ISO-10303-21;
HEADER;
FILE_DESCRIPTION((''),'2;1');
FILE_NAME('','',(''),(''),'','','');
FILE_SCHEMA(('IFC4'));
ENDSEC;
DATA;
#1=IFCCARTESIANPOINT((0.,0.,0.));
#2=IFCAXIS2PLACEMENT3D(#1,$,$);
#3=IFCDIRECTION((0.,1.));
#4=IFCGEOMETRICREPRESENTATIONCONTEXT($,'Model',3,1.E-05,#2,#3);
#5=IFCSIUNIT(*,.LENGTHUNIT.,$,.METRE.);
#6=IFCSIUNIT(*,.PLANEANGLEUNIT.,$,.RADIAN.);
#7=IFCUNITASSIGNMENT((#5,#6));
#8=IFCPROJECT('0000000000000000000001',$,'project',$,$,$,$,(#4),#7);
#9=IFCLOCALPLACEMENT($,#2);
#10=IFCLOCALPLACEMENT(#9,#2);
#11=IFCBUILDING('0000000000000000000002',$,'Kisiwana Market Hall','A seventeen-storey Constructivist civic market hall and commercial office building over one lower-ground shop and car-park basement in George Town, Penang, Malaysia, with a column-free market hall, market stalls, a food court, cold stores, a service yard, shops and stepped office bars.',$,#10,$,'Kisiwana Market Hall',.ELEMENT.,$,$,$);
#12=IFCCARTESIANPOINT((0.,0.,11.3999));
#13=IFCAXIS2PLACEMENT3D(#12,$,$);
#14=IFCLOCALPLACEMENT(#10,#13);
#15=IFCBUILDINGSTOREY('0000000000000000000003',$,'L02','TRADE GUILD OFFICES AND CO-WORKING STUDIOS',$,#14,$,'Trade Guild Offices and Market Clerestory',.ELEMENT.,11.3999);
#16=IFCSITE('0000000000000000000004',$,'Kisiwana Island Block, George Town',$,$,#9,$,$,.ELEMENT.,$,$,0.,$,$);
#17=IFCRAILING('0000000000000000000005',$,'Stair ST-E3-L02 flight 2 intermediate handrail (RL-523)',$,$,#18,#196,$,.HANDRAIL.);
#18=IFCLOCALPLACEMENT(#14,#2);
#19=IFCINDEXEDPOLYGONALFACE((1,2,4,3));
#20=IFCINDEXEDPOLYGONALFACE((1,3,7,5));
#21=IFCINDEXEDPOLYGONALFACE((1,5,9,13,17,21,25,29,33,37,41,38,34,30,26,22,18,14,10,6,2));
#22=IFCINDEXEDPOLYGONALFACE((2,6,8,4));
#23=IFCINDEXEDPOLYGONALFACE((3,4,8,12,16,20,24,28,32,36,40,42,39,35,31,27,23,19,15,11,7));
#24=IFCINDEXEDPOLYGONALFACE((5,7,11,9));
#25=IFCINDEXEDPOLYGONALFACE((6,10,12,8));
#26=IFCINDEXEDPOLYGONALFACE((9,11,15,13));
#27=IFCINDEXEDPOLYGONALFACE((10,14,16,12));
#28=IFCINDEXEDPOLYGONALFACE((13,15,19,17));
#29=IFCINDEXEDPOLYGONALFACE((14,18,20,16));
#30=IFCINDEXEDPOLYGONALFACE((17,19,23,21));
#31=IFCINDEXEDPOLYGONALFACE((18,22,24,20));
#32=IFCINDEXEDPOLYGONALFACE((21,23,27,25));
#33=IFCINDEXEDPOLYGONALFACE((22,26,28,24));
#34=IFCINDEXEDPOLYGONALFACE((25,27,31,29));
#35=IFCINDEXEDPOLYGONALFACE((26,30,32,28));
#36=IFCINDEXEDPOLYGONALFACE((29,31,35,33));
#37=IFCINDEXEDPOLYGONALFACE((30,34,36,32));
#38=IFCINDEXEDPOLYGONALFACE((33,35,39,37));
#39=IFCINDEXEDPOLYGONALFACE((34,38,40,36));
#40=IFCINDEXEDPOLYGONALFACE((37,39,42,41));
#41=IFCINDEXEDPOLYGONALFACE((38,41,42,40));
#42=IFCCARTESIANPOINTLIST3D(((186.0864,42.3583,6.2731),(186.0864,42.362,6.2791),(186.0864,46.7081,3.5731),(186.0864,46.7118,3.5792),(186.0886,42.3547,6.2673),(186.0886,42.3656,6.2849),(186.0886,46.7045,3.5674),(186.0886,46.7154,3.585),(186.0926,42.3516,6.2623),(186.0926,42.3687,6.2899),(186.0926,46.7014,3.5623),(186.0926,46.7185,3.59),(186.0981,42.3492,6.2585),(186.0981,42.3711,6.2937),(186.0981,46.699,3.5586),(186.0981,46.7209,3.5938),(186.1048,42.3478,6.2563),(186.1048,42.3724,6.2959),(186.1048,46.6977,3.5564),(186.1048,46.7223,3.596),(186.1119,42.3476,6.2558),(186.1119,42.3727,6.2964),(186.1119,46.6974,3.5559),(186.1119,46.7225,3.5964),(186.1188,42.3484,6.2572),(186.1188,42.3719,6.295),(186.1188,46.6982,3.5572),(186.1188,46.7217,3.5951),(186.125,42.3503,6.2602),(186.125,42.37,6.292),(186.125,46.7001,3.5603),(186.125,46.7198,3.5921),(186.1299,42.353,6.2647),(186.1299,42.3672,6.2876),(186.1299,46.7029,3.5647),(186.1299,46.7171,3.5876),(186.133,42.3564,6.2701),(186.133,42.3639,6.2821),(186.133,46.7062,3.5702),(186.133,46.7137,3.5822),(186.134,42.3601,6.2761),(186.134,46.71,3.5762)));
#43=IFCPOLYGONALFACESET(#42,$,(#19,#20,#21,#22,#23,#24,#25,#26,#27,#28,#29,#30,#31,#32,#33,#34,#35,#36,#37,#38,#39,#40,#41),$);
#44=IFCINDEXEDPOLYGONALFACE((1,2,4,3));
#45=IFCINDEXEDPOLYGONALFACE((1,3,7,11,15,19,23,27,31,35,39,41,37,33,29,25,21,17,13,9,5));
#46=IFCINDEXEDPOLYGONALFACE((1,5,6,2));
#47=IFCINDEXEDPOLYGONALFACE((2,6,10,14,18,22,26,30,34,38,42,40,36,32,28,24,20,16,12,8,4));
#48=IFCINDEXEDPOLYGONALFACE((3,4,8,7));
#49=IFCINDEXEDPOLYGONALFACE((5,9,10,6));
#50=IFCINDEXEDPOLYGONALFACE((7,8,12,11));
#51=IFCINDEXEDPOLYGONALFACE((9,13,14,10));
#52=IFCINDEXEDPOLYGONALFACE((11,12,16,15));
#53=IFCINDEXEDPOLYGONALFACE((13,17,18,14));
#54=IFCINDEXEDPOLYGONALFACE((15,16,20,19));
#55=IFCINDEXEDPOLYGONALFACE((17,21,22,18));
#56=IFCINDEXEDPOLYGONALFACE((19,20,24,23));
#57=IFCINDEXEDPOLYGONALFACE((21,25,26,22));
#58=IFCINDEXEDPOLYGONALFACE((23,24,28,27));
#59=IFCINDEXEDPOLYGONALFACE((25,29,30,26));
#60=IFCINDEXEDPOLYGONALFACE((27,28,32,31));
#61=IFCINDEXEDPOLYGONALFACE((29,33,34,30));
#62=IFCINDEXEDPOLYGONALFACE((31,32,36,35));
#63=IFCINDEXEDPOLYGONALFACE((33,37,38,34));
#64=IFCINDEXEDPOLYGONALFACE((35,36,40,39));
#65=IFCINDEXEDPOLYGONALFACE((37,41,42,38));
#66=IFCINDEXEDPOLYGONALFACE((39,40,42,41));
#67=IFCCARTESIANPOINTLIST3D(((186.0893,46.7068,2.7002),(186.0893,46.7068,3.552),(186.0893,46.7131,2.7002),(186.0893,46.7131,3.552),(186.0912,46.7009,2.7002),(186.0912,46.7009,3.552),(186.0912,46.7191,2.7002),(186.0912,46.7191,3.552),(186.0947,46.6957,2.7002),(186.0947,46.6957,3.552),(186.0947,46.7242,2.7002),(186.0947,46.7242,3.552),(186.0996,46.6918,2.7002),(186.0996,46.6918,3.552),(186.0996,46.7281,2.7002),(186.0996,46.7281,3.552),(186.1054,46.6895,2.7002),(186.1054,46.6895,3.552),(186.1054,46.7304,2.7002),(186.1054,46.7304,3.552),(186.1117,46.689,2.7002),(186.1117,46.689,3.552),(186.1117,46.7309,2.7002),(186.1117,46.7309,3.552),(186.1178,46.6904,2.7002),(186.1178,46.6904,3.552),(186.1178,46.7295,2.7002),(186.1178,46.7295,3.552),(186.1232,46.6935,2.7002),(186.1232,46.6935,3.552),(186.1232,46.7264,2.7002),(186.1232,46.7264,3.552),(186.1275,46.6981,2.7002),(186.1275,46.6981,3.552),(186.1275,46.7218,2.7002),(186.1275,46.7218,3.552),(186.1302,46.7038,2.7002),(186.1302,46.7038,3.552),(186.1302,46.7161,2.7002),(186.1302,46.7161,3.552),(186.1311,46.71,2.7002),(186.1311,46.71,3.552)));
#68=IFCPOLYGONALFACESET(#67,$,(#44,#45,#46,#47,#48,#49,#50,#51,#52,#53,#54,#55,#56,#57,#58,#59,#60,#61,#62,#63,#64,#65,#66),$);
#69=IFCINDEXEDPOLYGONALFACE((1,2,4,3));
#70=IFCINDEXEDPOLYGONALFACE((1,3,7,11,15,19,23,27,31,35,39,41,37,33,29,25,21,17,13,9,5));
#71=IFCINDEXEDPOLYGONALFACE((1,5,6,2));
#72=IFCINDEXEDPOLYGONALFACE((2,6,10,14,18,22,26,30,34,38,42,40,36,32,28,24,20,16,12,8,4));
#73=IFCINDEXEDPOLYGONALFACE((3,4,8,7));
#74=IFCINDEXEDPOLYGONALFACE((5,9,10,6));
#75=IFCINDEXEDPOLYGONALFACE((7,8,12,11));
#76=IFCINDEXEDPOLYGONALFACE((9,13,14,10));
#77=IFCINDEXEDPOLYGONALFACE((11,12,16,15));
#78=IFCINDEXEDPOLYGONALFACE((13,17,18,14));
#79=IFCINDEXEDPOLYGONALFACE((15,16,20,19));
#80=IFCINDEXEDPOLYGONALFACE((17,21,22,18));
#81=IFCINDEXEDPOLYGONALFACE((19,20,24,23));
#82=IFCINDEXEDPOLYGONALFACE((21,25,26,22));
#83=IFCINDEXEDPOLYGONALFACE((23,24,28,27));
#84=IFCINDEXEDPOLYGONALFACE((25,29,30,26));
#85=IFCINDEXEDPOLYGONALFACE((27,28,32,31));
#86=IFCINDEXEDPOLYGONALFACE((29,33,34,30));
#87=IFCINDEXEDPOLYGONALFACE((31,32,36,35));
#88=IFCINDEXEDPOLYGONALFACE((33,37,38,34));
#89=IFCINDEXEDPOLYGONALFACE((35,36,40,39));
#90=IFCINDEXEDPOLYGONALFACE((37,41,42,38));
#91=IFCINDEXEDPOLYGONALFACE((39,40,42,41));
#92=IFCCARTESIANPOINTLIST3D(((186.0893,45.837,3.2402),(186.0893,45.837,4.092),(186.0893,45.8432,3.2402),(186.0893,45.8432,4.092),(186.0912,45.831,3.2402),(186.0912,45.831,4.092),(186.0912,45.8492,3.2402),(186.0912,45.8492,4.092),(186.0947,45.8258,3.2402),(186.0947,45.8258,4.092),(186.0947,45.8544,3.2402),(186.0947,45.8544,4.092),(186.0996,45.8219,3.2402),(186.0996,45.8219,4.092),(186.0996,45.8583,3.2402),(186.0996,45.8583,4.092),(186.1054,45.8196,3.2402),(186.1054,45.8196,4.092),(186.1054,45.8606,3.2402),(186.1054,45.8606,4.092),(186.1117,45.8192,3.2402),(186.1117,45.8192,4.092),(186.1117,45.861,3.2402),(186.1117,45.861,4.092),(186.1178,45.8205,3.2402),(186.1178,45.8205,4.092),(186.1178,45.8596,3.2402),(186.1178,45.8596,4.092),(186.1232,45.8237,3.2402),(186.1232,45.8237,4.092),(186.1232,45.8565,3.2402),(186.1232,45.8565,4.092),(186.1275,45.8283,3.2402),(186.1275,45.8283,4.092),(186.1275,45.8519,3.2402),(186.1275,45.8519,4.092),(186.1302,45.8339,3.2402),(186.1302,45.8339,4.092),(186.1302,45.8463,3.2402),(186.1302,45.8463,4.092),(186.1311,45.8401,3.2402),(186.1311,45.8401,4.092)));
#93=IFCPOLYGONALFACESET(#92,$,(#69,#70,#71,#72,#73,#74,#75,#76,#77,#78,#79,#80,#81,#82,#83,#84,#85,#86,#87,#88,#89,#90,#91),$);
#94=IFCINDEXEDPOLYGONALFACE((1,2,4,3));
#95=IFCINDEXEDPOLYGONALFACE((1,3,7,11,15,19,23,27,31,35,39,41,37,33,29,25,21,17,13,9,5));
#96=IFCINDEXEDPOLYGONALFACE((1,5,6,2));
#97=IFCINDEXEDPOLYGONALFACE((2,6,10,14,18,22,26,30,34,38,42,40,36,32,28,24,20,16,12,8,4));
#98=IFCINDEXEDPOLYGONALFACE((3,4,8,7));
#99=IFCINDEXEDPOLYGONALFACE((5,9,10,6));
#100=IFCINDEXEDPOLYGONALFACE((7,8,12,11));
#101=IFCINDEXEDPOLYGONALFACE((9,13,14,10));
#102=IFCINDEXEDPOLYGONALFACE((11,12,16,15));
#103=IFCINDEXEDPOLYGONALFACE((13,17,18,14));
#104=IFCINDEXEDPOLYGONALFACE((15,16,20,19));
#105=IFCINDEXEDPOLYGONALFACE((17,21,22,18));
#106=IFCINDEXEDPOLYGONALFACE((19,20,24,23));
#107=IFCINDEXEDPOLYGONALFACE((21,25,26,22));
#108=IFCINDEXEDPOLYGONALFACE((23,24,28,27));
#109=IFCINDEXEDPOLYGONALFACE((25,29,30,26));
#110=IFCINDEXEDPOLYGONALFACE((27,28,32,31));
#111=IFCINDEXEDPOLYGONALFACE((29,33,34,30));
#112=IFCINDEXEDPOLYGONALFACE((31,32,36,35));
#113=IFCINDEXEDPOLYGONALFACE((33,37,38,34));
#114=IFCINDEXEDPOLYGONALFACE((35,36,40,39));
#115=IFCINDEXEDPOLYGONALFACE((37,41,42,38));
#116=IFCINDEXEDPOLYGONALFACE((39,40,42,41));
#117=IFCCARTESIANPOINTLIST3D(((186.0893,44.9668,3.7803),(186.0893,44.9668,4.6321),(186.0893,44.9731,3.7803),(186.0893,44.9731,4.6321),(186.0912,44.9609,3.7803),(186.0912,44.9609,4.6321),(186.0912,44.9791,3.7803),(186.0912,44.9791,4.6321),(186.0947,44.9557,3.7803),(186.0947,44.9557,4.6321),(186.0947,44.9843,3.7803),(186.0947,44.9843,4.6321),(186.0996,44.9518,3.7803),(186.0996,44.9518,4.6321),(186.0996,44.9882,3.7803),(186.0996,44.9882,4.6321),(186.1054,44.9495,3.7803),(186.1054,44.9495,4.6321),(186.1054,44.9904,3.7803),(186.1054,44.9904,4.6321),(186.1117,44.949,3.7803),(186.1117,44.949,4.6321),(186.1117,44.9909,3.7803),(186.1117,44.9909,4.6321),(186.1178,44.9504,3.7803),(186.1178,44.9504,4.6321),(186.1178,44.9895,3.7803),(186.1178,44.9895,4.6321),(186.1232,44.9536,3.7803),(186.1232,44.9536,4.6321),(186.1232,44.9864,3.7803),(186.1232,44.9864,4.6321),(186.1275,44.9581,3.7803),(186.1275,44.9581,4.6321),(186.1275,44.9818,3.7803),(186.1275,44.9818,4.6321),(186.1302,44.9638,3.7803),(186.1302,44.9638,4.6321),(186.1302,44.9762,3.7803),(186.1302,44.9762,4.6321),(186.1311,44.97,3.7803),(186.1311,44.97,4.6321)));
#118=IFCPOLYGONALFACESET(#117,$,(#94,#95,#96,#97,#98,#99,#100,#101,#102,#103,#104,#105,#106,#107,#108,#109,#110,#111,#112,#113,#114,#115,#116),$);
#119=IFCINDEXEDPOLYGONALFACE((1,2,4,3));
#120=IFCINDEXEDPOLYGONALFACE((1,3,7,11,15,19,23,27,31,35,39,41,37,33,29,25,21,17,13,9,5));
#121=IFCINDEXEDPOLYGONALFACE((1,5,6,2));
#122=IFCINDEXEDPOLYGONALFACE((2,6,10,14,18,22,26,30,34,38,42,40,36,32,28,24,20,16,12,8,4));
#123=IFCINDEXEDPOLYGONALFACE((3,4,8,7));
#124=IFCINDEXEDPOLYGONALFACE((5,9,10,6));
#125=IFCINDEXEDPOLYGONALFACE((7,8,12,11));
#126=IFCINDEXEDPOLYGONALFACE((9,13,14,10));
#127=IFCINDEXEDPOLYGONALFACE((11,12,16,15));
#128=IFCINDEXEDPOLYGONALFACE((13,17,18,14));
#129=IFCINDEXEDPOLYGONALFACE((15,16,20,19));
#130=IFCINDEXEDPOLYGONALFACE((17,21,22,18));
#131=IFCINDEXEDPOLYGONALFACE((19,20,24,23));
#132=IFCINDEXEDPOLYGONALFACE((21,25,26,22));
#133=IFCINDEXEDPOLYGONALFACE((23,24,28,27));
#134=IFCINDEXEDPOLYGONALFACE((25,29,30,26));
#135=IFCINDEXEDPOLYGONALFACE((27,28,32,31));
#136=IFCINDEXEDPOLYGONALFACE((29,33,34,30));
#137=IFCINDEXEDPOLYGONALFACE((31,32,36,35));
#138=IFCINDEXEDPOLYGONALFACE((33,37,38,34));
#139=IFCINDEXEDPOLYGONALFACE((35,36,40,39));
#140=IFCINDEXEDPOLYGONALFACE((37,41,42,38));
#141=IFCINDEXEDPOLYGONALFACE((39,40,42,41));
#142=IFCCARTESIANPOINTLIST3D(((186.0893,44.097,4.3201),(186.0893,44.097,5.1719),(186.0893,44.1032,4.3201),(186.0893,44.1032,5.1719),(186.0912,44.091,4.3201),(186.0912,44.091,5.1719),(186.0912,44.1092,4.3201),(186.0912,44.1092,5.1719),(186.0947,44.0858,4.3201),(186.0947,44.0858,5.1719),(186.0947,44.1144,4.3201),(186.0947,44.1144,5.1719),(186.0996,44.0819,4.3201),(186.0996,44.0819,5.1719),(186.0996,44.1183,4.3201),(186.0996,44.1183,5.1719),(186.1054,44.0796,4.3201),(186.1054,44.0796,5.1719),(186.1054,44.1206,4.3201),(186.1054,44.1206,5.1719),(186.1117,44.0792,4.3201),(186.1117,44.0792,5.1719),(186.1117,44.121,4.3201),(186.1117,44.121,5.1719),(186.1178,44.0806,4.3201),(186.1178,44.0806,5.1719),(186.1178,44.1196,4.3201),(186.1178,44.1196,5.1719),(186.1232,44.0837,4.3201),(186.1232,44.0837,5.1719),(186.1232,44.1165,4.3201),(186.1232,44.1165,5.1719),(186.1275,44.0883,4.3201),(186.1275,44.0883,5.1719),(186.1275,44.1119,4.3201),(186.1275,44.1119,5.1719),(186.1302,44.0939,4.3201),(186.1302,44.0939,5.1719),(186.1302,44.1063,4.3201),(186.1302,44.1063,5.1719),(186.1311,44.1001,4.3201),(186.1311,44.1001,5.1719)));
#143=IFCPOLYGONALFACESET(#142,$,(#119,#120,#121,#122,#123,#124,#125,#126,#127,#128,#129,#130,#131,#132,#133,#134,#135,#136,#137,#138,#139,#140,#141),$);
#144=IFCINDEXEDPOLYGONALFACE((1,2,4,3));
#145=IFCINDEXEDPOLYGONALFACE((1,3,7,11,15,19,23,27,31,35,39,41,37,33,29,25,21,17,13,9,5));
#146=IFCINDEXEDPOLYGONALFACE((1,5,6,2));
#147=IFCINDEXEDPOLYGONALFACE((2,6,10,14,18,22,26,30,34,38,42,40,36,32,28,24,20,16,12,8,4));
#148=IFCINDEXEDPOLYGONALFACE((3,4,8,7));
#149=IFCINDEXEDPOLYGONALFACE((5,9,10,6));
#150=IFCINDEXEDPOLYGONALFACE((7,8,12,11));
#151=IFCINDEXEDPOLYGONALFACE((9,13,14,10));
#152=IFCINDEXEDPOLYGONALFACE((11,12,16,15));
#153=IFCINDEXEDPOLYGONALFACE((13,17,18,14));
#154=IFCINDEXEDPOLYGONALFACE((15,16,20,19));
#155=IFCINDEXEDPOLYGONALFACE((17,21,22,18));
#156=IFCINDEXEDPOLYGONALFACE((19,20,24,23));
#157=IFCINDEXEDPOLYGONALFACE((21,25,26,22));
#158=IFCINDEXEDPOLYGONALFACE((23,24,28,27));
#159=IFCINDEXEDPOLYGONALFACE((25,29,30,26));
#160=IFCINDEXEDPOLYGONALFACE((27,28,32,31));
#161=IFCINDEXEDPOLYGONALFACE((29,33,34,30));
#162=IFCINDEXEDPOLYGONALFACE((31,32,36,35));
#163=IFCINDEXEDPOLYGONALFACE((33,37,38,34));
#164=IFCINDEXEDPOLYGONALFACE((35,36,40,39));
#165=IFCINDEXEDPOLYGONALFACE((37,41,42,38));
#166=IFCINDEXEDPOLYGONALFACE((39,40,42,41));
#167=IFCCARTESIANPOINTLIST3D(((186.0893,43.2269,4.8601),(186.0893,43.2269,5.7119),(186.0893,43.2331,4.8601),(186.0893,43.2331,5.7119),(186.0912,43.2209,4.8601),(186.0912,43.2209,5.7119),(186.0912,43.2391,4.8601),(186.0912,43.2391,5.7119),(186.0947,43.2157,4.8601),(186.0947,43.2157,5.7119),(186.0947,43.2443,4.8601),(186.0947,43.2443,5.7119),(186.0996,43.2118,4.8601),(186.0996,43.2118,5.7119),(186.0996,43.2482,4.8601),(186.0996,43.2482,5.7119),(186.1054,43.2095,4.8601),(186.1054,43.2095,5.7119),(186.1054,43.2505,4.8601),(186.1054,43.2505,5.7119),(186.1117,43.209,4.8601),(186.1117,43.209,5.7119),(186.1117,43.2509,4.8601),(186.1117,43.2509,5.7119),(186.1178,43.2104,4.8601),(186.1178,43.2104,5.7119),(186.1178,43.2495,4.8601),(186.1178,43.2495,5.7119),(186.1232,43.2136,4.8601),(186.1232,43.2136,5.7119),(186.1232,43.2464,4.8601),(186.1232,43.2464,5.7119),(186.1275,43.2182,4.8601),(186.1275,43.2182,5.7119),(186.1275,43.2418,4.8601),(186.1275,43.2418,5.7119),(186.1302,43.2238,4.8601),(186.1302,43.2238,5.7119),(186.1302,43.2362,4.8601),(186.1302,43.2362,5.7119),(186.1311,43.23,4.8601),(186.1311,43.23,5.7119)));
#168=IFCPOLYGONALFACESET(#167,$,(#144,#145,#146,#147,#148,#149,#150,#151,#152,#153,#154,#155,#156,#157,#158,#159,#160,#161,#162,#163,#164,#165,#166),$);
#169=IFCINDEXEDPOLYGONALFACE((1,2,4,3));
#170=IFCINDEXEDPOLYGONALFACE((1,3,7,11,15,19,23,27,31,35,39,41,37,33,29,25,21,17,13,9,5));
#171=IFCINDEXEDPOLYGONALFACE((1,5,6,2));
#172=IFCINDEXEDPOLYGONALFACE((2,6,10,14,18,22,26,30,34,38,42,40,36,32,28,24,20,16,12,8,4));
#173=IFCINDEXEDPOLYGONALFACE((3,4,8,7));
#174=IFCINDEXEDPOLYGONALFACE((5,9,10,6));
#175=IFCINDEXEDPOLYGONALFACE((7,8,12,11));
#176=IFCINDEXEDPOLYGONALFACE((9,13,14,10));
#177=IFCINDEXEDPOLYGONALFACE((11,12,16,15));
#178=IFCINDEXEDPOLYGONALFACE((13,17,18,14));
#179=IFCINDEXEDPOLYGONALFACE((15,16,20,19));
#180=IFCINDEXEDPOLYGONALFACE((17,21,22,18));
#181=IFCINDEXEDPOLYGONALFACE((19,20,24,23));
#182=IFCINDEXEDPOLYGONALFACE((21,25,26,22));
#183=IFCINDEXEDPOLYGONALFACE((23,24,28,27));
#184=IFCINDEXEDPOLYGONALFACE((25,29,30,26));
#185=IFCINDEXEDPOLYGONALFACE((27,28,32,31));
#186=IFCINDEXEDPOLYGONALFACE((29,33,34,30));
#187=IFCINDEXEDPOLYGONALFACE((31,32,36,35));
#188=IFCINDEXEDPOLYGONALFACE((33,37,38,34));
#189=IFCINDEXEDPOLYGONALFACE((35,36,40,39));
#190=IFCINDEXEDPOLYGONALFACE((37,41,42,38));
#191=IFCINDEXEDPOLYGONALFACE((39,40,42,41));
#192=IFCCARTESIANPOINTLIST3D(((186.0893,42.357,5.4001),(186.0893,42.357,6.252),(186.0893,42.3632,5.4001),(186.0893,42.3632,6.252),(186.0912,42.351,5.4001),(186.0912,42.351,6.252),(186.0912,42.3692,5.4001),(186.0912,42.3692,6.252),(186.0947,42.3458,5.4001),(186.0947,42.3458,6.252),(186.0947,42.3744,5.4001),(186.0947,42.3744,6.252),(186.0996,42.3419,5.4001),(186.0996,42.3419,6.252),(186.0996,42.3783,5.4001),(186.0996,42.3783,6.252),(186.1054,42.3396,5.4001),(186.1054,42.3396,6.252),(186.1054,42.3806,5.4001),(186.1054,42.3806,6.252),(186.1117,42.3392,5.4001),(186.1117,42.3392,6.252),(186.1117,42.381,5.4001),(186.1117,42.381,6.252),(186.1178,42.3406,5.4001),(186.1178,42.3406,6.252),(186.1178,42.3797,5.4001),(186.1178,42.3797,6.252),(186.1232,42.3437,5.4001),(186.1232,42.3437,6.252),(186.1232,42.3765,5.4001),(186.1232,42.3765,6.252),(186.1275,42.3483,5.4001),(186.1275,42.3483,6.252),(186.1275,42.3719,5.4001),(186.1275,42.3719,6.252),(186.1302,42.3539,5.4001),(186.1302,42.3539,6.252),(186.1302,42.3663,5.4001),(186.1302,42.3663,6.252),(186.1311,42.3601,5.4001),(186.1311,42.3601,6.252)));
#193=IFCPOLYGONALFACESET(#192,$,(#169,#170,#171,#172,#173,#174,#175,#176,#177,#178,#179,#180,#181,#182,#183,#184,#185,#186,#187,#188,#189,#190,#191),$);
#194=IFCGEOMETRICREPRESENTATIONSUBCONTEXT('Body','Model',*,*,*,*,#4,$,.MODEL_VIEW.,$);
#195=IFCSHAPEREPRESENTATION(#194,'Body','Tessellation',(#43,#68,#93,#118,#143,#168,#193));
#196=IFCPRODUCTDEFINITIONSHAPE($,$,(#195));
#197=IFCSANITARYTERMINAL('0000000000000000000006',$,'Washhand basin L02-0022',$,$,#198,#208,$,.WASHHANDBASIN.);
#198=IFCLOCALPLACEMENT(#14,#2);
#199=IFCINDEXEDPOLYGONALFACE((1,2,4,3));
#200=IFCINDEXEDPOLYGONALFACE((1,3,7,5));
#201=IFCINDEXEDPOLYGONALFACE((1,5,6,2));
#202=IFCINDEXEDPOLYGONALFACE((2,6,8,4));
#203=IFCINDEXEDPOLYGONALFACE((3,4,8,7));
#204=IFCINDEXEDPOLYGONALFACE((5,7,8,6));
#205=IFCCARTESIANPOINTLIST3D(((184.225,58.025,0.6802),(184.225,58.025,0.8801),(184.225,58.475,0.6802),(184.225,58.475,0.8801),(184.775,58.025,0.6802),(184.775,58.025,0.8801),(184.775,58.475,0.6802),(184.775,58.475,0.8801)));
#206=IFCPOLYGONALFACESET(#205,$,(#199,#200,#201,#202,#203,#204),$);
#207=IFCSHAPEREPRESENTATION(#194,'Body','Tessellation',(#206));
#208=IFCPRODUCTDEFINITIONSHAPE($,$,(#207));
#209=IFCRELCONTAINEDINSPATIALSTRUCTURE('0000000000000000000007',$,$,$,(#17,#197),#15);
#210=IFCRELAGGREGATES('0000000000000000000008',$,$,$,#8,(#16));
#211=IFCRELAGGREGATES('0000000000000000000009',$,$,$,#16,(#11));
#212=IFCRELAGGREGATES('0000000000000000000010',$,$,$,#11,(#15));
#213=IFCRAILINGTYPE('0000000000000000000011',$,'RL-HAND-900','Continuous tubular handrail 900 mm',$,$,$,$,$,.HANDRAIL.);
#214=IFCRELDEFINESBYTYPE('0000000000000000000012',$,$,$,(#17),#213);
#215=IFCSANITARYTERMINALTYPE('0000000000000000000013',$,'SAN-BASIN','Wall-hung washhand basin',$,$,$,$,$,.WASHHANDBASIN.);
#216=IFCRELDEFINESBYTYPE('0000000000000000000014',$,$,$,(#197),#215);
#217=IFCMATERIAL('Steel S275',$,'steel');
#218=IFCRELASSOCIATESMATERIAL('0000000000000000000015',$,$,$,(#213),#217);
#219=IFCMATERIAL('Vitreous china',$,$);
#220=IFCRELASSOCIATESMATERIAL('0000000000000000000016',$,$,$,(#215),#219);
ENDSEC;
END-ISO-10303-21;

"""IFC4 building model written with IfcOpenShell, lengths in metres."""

from ifc_helpers import new_model, si_unit, direction, frame, origin, origin_2d, place, context, subcontext, project, spatial, rectangle, circle, extrude, material, type_object, element, save


model = new_model("IFC4")

# Units and contexts
model_context = context("Model", 3, precision=1e-05, world=origin(), true_north=direction((0.0, 1.0)))
body_context = subcontext(model_context, "Body", "Model", "MODEL_VIEW")
ifc_project = project(units=[si_unit("LENGTHUNIT", "METRE"), si_unit("PLANEANGLEUNIT", "RADIAN")], contexts=[model_context])

# Site, building, storey
site_placement = place(None, origin())
site = spatial("IfcSite", under=ifc_project, at=site_placement, Name="Kisiwana Island Block, George Town", CompositionType="ELEMENT", RefElevation=0.0)
building_placement = place(site_placement, origin())
building = spatial("IfcBuilding", under=site, at=building_placement, Name="Kisiwana Market Hall", Description="A seventeen-storey Constructivist civic market hall and commercial office building over one lower-ground shop and car-park basement in George Town, Penang, Malaysia, with a column-free market hall, market stalls, a food court, cold stores, a service yard, shops and stepped office bars.", LongName="Kisiwana Market Hall", CompositionType="ELEMENT")
storey_placement = place(building_placement, frame((0.0, 0.0, 11.3999)))
storey = spatial("IfcBuildingStorey", under=building, at=storey_placement, Name="L02", Description="TRADE GUILD OFFICES AND CO-WORKING STUDIOS", LongName="Trade Guild Offices and Market Clerestory", CompositionType="ELEMENT", Elevation=11.3999)

# Railing
ifc_material_1 = material(Name="Steel S275", Category="steel")
railing_type_1 = type_object("IfcRailingType", Name="RL-HAND-900", Description="Continuous tubular handrail 900 mm", PredefinedType="HANDRAIL", material=ifc_material_1)
railing_1_placement = place(storey_placement, frame((186.1101, 46.71, 2.7002)))
element("IfcRailing", 1, at=railing_1_placement, inside=storey, type_object=railing_type_1, Name="Stair ST-E3-L02 flight 2 intermediate handrail (RL-523)", PredefinedType="HANDRAIL", context=body_context, shape_type="SweptSolid", body=[
    extrude(circle(Radius=0.0239, at=origin_2d()), frame((0.0, 0.0, 0.876), z_axis=(0.0, -0.849636, 0.527369), x_axis=(1.0, 0.0, 0.0)), (0.0, 0.0, 1.0), 5.1196),
    extrude(circle(Radius=0.021, at=origin_2d()), origin(), (0.0, 0.0, 1.0), 0.8518),
    extrude(circle(Radius=0.021, at=origin_2d()), frame((0.0, -0.8699, 0.54)), (0.0, 0.0, 1.0), 0.8518),
    extrude(circle(Radius=0.021, at=origin_2d()), frame((0.0, -1.74, 1.0801)), (0.0, 0.0, 1.0), 0.8518),
    extrude(circle(Radius=0.021, at=origin_2d()), frame((0.0, -2.6099, 1.6199)), (0.0, 0.0, 1.0), 0.8518),
    extrude(circle(Radius=0.021, at=origin_2d()), frame((0.0, -3.48, 2.1599)), (0.0, 0.0, 1.0), 0.8518),
    extrude(circle(Radius=0.021, at=origin_2d()), frame((0.0, -4.3499, 2.7)), (0.0, 0.0, 1.0), 0.8518),
])

# Sanitary terminal
ifc_material_2 = material(Name="Vitreous china")
sanitary_terminal_type_1 = type_object("IfcSanitaryTerminalType", Name="SAN-BASIN", Description="Wall-hung washhand basin", PredefinedType="WASHHANDBASIN", material=ifc_material_2)
sanitary_terminal_placement = place(storey_placement, frame((184.5, 58.25, 0.6802), z_axis=(0.0, 0.0, 1.0), x_axis=(1.0, 0.0, 0.0)))
element("IfcSanitaryTerminal", 2, at=sanitary_terminal_placement, inside=storey, type_object=sanitary_terminal_type_1, Name="Washhand basin L02-0022", PredefinedType="WASHHANDBASIN", context=body_context, shape_type="SweptSolid", body=[
    extrude(rectangle(XDim=0.55, YDim=0.45, at=origin_2d()), origin(), (0.0, 0.0, 1.0), 0.2),
])

save(model, "model.ifc")
